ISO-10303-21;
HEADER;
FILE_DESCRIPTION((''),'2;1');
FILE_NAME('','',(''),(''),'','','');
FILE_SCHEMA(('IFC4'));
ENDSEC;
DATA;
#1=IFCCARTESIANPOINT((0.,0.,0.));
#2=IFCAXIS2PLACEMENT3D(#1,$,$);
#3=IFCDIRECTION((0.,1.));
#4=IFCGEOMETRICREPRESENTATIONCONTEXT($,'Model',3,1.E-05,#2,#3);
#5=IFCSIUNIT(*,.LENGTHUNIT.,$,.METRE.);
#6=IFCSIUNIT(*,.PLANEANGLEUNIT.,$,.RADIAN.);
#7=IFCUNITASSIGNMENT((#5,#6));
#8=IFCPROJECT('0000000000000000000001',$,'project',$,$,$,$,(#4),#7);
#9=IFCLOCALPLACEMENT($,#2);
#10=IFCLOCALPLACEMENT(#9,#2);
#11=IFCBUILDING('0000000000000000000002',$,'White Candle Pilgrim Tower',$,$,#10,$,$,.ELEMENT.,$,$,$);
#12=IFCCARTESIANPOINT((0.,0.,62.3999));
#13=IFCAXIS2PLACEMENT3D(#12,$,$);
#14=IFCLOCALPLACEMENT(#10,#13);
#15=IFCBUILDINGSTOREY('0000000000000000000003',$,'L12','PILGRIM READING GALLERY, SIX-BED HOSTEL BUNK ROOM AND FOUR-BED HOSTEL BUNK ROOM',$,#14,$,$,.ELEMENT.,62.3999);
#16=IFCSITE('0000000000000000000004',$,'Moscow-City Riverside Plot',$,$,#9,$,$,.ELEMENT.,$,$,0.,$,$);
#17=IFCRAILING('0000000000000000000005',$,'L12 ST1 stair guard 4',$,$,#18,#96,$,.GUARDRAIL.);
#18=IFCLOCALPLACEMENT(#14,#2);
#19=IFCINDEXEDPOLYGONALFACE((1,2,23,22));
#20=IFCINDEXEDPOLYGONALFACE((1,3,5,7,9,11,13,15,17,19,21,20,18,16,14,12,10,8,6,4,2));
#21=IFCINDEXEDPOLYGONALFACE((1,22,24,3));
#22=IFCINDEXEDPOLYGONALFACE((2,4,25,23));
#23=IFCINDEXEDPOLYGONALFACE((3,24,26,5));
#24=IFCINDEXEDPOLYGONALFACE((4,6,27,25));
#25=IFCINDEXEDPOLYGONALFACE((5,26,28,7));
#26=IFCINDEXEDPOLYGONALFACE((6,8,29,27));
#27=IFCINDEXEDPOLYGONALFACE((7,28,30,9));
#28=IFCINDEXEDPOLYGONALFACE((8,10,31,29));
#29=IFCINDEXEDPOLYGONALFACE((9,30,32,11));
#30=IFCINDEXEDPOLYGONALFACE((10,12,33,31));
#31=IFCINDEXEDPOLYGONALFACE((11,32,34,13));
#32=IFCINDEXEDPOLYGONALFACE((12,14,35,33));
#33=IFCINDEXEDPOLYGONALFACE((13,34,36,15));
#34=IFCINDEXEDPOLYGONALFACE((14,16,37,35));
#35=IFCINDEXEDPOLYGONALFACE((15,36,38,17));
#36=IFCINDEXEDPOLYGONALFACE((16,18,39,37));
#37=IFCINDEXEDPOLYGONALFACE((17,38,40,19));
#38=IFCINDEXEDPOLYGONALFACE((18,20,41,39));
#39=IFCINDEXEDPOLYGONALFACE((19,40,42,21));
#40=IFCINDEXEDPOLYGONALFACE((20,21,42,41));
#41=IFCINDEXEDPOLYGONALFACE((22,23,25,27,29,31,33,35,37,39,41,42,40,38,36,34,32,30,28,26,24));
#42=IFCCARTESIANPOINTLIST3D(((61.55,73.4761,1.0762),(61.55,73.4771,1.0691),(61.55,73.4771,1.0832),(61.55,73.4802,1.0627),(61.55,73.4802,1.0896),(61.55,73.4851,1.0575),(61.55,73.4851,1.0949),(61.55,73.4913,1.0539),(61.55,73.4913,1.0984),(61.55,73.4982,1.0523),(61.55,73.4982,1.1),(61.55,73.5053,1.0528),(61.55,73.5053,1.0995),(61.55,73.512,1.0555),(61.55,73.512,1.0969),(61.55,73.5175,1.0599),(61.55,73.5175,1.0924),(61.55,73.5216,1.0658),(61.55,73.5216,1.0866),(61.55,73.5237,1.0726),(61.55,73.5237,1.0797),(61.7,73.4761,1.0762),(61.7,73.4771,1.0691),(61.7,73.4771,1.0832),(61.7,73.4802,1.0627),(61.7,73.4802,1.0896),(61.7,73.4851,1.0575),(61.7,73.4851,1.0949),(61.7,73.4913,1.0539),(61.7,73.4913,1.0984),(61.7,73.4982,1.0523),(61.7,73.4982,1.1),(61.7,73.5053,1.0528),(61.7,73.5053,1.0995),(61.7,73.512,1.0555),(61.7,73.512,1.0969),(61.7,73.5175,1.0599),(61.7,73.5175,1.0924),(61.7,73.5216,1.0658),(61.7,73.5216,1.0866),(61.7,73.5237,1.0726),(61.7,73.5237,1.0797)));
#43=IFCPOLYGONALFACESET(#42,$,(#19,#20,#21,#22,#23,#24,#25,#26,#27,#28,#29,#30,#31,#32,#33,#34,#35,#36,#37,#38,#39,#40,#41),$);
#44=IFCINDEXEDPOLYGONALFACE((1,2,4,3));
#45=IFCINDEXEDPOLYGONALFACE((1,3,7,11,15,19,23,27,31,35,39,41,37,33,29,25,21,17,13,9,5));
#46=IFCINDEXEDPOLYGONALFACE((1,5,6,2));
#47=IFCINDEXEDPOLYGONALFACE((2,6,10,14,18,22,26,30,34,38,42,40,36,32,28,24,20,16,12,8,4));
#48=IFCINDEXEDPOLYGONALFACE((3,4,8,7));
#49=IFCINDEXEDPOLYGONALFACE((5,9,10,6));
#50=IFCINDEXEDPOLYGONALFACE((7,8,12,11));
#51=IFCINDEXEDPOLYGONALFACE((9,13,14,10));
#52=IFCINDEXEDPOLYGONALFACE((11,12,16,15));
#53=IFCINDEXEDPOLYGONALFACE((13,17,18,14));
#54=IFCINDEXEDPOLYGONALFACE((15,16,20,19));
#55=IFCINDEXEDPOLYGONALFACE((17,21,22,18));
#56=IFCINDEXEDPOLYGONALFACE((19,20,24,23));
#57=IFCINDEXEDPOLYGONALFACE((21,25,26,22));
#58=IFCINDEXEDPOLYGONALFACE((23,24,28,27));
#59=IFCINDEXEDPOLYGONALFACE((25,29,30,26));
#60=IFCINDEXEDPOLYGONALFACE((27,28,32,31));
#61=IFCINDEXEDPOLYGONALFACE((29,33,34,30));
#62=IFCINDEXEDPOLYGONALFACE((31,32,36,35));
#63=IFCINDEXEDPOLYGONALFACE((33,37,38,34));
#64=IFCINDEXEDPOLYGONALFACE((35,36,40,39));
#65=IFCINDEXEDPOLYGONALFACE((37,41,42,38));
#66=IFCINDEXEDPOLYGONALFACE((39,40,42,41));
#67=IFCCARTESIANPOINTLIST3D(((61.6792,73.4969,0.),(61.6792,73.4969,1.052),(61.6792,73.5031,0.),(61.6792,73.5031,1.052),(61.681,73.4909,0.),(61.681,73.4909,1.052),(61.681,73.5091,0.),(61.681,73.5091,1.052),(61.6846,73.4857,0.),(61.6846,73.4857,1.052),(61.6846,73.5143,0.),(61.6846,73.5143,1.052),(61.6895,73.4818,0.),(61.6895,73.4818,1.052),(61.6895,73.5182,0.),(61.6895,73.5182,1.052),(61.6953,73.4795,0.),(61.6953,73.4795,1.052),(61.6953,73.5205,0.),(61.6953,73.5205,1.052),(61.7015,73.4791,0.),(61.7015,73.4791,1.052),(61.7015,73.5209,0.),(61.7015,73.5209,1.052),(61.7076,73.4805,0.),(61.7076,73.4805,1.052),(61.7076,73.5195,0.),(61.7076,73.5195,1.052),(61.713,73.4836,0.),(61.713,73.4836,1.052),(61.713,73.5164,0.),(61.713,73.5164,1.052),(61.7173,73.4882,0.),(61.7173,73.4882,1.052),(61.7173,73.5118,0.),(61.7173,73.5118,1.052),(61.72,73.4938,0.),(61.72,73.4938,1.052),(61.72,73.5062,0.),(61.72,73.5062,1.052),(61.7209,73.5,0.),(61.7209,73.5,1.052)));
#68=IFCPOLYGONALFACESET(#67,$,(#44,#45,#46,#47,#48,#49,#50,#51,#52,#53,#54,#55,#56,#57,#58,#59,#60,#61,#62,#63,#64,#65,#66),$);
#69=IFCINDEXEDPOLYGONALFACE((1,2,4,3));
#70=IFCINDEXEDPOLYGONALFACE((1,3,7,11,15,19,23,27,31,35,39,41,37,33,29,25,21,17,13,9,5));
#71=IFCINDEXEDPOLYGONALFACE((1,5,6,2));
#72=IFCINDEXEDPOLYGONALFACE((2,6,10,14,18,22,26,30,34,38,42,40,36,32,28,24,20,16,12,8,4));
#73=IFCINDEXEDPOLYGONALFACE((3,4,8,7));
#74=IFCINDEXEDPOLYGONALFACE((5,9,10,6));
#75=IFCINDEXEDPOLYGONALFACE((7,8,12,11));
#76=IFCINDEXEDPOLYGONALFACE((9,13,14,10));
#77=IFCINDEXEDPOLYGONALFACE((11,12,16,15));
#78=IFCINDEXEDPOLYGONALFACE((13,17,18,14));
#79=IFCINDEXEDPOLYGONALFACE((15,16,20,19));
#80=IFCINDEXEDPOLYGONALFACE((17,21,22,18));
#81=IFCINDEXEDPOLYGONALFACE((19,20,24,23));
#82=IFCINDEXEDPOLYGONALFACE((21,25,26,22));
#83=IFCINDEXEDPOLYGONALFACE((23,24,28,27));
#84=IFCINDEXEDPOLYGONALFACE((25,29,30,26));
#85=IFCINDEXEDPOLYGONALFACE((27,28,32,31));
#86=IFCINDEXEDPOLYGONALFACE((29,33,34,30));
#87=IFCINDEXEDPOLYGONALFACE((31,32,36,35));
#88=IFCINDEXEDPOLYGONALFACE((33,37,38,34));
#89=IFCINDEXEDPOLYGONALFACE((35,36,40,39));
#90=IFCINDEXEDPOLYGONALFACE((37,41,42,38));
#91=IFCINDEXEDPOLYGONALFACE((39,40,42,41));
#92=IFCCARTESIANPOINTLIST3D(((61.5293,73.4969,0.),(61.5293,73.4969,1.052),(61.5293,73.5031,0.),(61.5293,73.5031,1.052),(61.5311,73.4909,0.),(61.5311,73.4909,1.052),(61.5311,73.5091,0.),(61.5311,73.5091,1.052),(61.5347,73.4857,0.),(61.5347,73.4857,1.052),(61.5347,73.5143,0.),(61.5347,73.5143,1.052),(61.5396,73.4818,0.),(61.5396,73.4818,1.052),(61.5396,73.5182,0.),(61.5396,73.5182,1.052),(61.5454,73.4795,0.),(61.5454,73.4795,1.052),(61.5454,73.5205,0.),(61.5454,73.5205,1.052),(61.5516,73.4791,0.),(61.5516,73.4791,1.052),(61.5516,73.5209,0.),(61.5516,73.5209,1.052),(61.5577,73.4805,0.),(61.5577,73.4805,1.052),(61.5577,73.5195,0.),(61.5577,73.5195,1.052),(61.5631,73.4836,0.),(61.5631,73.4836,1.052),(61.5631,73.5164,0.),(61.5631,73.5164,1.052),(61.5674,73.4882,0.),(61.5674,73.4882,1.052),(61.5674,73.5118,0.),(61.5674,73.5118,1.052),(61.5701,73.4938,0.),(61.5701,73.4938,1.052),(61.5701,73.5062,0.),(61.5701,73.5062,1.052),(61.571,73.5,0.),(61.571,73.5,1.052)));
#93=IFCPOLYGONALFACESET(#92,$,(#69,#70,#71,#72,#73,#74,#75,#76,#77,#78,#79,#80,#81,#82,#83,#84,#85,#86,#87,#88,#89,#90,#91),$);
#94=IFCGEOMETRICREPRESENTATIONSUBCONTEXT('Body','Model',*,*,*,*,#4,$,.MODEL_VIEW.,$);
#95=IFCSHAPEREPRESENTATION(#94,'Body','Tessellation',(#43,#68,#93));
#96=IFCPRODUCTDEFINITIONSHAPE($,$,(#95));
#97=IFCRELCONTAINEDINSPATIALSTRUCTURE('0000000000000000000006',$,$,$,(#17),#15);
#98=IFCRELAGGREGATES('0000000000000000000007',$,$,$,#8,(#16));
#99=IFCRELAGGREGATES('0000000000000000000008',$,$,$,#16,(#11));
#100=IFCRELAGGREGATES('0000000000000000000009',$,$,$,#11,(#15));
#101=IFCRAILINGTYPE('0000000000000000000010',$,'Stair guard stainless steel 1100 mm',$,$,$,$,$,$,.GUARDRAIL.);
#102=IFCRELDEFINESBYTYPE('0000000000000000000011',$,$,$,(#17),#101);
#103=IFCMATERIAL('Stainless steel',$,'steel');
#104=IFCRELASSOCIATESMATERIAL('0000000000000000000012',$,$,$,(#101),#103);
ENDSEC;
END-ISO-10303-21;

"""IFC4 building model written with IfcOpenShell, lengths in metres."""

from ifc_helpers import new_model, si_unit, direction, frame, origin, origin_2d, place, context, subcontext, project, spatial, circle, extrude, material, type_object, element, save


model = new_model("IFC4")

# Units and contexts
model_context = context("Model", 3, precision=1e-05, world=origin(), true_north=direction((0.0, 1.0)))
body_context = subcontext(model_context, "Body", "Model", "MODEL_VIEW")
ifc_project = project(units=[si_unit("LENGTHUNIT", "METRE"), si_unit("PLANEANGLEUNIT", "RADIAN")], contexts=[model_context])

# Site, building, storey
site_placement = place(None, origin())
site = spatial("IfcSite", under=ifc_project, at=site_placement, Name="Moscow-City Riverside Plot", CompositionType="ELEMENT", RefElevation=0.0)
building_placement = place(site_placement, origin())
building = spatial("IfcBuilding", under=site, at=building_placement, Name="White Candle Pilgrim Tower", CompositionType="ELEMENT")
storey_placement = place(building_placement, frame((0.0, 0.0, 62.3999)))
storey = spatial("IfcBuildingStorey", under=building, at=storey_placement, Name="L12", Description="PILGRIM READING GALLERY, SIX-BED HOSTEL BUNK ROOM AND FOUR-BED HOSTEL BUNK ROOM", CompositionType="ELEMENT", Elevation=62.3999)

# Shared definitions
ifc_material_1 = material(Name="Stainless steel", Category="steel")

# Railing
railing_type_1 = type_object("IfcRailingType", Name="Stair guard stainless steel 1100 mm", PredefinedType="GUARDRAIL", material=ifc_material_1)
railing_1_placement = place(storey_placement, frame((61.7, 73.5, 0.0)))
element("IfcRailing", 1, at=railing_1_placement, inside=storey, type_object=railing_type_1, Name="L12 ST1 stair guard 4", PredefinedType="GUARDRAIL", context=body_context, shape_type="SweptSolid", body=[
    extrude(circle(Radius=0.0239, at=origin_2d()), frame((0.0, 0.0, 1.0762), z_axis=(-1.0, 0.0, 0.0), x_axis=(0.0, -1.0, 0.0)), (0.0, 0.0, 1.0), 0.1499),
    extrude(circle(Radius=0.021, at=origin_2d()), origin(), (0.0, 0.0, 1.0), 1.052),
    extrude(circle(Radius=0.021, at=origin_2d()), frame((-0.1499, 0.0, 0.0)), (0.0, 0.0, 1.0), 1.052),
])

save(model, "model.ifc")
